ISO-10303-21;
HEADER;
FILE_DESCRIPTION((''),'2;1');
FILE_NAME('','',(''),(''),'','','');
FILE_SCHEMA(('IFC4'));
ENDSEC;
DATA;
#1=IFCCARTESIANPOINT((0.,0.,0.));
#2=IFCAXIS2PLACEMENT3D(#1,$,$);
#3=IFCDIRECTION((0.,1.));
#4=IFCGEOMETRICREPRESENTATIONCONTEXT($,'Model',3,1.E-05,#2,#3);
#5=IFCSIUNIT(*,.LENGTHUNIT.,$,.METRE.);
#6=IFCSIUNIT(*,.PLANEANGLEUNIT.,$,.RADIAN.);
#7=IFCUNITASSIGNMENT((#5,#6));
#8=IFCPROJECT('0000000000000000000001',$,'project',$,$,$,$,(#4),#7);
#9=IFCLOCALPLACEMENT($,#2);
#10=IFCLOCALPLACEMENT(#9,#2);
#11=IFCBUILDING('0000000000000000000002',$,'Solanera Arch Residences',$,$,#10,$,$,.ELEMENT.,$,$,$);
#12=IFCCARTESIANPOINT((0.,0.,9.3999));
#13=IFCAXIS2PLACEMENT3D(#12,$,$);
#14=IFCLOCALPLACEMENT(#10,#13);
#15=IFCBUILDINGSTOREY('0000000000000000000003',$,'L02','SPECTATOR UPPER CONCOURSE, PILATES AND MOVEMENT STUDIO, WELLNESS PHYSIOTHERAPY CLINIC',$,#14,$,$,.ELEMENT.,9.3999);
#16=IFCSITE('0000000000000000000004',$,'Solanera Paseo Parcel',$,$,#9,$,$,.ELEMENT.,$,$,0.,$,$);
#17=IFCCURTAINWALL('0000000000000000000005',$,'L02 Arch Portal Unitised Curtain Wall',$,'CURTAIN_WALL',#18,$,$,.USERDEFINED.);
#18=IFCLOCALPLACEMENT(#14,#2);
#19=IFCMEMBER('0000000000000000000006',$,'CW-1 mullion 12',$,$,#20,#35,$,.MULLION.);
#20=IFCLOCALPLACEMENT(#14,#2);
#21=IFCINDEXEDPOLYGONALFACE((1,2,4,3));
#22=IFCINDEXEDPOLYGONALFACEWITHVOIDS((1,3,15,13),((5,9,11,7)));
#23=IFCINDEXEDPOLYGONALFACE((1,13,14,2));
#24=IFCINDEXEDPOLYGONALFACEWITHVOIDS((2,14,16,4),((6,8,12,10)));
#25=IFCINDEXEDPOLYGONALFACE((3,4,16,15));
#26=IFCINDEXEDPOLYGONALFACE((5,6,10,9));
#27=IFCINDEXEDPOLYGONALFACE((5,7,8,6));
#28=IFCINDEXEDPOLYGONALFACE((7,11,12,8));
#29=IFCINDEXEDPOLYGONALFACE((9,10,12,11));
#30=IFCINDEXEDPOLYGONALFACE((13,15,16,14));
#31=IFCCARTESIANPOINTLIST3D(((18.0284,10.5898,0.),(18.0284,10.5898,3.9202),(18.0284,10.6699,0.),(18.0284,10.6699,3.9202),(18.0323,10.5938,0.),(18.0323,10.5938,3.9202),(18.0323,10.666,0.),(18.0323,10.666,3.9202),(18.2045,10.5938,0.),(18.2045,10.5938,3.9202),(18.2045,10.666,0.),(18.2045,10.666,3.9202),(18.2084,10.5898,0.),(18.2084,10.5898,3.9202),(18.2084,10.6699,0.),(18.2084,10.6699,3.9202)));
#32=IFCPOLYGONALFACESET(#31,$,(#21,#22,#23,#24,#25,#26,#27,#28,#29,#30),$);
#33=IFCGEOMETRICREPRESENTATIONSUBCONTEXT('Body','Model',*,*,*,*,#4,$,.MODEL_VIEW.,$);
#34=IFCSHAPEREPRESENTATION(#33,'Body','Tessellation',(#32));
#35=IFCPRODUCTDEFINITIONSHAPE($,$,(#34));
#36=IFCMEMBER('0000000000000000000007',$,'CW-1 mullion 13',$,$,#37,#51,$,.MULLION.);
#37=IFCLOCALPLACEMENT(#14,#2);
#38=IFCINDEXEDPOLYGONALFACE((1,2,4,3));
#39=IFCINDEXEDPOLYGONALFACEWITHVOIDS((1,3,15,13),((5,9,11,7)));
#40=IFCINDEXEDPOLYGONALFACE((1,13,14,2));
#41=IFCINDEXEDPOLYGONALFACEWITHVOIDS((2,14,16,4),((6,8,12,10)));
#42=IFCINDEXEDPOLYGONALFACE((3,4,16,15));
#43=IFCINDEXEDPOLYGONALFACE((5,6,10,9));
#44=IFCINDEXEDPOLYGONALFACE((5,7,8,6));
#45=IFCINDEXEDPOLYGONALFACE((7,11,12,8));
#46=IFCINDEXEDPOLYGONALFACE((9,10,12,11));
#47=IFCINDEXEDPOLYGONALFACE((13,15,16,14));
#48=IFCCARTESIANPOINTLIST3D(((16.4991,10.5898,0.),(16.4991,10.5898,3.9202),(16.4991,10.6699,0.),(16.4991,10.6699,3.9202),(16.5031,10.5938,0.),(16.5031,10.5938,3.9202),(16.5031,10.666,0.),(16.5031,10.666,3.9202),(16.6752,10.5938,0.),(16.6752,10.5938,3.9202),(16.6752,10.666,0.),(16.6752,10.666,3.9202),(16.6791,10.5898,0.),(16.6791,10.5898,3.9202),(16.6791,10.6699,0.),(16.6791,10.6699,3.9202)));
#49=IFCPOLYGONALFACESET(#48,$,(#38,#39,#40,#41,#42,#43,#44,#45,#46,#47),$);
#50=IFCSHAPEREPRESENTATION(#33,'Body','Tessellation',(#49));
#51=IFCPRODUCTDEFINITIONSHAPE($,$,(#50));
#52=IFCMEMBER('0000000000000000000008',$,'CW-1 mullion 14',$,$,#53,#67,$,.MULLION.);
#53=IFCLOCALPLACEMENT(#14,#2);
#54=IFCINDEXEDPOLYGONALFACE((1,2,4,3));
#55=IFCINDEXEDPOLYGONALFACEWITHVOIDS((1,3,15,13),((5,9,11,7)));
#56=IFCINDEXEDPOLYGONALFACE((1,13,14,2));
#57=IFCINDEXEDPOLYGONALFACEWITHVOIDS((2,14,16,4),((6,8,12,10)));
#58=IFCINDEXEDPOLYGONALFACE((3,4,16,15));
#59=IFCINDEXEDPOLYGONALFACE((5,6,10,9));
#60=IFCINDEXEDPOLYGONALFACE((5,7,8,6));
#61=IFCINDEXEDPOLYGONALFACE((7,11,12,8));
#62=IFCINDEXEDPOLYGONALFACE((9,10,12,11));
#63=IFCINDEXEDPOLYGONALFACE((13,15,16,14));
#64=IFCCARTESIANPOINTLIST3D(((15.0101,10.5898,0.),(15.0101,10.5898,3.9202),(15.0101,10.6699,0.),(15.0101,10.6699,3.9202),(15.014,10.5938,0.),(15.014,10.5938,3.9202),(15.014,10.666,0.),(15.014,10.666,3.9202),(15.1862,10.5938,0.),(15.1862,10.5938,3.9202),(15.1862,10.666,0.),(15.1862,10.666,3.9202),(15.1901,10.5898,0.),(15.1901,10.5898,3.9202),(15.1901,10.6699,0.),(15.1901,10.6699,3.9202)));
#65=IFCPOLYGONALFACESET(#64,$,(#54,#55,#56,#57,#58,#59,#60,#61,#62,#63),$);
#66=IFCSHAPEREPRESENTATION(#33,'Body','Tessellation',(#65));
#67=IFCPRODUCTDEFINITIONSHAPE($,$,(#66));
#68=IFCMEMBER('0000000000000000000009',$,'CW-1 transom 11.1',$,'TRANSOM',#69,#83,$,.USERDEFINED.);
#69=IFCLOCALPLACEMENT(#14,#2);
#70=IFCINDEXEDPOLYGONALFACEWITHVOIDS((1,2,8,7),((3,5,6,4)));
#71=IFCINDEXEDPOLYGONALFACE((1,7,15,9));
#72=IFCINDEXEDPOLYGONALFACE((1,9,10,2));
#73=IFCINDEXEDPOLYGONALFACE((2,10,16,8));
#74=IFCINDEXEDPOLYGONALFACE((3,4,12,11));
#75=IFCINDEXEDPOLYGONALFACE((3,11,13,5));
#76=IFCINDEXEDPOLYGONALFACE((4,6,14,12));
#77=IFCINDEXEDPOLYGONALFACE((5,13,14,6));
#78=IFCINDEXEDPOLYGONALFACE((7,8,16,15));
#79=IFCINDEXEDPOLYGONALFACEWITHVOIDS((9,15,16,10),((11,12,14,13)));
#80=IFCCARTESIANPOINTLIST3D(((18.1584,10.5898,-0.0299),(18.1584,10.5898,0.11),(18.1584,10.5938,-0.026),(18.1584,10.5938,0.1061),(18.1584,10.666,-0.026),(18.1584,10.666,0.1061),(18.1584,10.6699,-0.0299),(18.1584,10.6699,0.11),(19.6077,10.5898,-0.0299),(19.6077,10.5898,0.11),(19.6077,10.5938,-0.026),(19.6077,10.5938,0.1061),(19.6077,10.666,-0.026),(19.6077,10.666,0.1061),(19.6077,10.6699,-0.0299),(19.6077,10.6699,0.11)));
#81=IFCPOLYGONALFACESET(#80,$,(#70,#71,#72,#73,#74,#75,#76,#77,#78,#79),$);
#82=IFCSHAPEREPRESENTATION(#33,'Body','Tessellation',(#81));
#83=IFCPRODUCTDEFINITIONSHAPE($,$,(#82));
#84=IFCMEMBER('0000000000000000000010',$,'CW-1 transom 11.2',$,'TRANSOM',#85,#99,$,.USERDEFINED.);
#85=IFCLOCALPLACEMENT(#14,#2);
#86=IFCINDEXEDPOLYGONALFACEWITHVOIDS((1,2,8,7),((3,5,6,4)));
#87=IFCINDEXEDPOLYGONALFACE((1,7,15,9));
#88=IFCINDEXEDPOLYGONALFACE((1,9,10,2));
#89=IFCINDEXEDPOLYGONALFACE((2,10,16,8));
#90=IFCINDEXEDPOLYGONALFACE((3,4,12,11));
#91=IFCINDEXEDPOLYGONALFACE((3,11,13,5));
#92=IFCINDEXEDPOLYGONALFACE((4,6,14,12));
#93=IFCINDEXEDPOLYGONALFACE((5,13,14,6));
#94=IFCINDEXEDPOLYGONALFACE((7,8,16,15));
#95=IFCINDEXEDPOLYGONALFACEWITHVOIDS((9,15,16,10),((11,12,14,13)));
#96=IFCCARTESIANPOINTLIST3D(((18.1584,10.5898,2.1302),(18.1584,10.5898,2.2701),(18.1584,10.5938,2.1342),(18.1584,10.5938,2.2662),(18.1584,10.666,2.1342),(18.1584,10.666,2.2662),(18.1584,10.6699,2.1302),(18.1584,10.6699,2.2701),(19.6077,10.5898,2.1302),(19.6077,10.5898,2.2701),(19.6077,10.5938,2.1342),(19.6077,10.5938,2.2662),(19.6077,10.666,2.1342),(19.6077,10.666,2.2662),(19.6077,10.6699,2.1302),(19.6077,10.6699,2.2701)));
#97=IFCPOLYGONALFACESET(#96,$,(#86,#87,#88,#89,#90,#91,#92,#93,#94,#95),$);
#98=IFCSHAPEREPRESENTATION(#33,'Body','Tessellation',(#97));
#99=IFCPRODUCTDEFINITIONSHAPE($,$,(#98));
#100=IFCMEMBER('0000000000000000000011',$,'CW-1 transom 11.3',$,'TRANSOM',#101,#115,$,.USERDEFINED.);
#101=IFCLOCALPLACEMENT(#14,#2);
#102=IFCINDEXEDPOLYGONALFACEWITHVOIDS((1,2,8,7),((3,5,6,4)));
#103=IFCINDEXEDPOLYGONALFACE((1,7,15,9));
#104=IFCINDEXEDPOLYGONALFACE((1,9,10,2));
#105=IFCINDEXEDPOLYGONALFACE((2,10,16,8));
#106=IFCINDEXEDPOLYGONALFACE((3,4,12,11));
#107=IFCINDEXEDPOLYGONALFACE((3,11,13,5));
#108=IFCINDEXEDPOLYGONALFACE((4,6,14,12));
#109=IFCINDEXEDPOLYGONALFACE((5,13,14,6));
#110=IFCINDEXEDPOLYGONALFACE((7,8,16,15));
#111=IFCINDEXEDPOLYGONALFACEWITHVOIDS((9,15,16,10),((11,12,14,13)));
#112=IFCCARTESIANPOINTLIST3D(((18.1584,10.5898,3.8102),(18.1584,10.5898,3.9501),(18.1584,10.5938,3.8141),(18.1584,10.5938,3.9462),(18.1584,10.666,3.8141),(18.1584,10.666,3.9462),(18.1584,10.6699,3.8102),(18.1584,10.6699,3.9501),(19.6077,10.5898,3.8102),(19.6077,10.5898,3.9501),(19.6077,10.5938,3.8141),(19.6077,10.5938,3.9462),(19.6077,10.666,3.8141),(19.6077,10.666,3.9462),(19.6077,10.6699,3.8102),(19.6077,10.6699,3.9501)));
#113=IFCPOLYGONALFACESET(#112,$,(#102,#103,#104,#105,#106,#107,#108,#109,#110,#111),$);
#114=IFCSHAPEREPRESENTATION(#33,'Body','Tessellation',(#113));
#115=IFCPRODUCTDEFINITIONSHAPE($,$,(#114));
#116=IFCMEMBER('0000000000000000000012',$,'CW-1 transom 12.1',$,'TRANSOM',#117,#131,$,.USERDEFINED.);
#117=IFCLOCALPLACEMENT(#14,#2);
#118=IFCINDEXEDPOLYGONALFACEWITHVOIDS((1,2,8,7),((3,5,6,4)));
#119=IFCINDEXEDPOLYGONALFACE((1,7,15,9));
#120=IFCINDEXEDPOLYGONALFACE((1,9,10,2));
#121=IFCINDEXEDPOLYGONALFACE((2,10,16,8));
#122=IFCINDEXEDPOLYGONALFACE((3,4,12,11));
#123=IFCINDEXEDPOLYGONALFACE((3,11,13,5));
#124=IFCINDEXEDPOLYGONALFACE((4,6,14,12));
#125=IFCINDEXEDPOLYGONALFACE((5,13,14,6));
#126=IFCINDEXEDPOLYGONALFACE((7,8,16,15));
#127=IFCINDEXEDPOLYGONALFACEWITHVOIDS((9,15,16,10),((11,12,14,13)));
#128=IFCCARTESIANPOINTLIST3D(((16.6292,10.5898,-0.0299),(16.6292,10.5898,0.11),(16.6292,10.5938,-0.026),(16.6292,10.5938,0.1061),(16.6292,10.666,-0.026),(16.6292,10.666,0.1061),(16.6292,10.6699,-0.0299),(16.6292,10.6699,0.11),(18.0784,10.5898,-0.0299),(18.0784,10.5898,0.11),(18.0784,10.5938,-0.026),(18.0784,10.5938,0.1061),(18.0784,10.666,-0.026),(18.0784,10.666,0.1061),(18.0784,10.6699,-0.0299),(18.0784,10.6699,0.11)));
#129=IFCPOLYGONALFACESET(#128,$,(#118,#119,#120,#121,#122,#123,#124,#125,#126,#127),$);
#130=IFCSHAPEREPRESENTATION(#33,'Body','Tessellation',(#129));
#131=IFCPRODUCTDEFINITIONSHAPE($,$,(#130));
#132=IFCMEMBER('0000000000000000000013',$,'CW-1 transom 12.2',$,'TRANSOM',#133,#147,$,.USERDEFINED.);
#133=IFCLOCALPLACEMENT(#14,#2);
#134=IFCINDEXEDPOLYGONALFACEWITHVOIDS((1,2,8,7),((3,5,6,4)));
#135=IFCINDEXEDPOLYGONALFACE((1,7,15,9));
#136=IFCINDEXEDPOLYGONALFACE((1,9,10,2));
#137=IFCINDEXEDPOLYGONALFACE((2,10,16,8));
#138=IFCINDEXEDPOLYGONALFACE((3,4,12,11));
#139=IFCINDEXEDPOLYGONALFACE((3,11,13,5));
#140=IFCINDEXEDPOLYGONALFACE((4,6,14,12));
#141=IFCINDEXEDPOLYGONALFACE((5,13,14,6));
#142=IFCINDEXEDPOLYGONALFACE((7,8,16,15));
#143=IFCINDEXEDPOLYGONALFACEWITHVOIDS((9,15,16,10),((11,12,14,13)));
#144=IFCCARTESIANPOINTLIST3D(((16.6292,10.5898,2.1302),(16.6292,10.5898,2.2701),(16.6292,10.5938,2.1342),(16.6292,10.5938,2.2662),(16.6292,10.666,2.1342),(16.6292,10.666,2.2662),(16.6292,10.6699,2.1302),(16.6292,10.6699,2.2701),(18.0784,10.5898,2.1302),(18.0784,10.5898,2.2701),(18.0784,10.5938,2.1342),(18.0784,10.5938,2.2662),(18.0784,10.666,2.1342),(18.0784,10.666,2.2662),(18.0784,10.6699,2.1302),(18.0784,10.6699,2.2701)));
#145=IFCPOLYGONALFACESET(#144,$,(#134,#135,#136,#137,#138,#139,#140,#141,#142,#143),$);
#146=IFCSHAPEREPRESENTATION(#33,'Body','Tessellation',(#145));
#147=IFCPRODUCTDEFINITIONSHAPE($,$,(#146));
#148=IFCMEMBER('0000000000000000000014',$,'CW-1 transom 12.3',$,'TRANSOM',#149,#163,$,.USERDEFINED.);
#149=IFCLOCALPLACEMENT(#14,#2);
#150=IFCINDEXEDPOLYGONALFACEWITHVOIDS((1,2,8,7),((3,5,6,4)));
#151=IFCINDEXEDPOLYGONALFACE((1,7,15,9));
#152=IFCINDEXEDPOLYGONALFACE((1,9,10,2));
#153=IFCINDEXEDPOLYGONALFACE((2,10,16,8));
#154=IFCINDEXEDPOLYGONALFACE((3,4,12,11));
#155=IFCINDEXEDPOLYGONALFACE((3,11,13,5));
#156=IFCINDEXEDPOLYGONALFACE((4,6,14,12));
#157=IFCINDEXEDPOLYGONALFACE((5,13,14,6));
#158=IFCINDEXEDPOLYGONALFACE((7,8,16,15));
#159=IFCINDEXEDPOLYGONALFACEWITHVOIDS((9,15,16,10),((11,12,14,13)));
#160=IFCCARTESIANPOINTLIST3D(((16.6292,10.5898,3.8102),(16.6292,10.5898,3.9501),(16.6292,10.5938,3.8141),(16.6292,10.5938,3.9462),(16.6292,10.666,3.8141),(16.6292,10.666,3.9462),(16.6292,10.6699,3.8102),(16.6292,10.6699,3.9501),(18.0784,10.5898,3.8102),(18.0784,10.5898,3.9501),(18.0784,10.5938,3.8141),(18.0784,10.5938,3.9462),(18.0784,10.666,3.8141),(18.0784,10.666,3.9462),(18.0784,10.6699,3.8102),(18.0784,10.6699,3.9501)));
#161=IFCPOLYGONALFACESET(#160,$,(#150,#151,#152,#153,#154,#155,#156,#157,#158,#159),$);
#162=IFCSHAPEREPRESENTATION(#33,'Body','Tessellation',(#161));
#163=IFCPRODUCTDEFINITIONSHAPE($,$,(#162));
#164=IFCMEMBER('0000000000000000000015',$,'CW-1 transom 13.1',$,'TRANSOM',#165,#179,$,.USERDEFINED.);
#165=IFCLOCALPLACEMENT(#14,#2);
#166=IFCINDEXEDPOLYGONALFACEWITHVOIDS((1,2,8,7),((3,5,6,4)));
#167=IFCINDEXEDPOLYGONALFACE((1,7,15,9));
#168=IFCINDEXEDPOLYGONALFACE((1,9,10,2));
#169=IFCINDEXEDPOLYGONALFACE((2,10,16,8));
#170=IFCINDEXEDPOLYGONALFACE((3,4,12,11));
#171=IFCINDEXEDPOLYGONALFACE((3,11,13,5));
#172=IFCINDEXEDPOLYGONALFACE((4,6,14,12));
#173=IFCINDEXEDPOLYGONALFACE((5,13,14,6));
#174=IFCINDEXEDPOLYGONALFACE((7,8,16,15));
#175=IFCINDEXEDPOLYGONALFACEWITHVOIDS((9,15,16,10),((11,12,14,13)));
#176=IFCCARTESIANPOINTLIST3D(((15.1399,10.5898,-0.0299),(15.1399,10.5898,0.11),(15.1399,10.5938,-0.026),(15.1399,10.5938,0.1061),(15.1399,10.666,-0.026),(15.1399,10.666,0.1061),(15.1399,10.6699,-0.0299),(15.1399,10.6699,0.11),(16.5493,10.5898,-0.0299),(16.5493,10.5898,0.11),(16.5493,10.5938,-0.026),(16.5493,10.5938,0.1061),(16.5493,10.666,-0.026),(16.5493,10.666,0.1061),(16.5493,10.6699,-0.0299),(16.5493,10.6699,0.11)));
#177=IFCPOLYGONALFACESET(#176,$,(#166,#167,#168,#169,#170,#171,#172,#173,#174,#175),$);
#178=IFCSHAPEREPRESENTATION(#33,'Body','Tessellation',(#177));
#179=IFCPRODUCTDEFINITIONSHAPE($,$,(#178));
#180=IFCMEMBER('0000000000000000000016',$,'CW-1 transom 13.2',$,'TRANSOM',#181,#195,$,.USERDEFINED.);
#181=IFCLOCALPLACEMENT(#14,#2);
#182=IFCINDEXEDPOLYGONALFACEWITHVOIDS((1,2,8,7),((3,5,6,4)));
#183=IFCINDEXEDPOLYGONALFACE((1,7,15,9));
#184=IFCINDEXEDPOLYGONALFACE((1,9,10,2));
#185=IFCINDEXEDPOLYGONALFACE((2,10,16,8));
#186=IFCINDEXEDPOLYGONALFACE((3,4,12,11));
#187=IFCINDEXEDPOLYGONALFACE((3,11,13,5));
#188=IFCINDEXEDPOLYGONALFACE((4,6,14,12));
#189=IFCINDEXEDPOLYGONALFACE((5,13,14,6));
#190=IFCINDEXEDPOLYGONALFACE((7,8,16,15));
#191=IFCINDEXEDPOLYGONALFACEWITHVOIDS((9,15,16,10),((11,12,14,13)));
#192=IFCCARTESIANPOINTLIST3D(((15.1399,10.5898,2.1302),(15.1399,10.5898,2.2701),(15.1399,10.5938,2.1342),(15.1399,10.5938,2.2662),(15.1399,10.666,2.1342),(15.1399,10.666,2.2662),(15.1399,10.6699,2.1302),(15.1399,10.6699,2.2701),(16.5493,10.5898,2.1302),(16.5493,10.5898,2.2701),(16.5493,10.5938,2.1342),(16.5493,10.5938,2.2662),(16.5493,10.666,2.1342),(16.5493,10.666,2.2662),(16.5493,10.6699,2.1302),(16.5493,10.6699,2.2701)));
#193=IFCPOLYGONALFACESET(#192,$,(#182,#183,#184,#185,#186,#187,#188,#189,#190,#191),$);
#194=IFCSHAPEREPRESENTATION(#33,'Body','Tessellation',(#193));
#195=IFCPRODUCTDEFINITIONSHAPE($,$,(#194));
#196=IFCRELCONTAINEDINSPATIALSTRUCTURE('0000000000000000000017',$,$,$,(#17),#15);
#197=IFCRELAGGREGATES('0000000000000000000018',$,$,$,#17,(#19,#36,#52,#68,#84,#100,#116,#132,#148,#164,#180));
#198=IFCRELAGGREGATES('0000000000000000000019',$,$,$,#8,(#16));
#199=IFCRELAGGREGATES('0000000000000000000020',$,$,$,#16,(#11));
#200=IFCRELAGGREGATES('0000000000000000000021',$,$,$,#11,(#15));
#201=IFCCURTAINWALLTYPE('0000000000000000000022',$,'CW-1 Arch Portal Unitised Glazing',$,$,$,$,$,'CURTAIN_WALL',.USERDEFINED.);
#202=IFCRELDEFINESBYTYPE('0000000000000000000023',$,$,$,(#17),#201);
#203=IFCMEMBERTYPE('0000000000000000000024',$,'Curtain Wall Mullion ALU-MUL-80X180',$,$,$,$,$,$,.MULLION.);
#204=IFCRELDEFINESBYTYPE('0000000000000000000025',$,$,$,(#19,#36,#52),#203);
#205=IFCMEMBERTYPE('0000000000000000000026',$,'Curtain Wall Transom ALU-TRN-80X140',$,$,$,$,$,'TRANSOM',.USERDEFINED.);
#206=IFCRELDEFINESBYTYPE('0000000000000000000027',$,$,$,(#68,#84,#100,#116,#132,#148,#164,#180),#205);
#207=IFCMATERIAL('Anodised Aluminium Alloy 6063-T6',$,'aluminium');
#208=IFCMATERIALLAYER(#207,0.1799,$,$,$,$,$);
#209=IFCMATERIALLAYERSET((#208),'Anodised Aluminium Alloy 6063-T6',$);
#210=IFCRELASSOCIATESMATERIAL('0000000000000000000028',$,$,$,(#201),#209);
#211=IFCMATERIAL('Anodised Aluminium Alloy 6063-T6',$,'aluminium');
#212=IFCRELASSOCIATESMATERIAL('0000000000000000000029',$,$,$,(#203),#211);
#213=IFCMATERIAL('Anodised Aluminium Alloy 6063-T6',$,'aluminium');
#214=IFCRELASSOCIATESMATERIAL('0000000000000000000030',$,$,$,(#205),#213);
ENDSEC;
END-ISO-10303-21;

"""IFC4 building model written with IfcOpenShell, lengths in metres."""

from ifc_helpers import new_model, si_unit, direction, frame, origin, origin_2d, place, context, subcontext, project, spatial, hollow_rectangle, extrude, material, layer, layer_set, material_profile, profile_set, type_object, element, aggregate, save


model = new_model("IFC4")

# Units and contexts
model_context = context("Model", 3, precision=1e-05, world=origin(), true_north=direction((0.0, 1.0)))
body_context = subcontext(model_context, "Body", "Model", "MODEL_VIEW")
ifc_project = project(units=[si_unit("LENGTHUNIT", "METRE"), si_unit("PLANEANGLEUNIT", "RADIAN")], contexts=[model_context])

# Site, building, storey
site_placement = place(None, origin())
site = spatial("IfcSite", under=ifc_project, at=site_placement, Name="Solanera Paseo Parcel", CompositionType="ELEMENT", RefElevation=0.0)
building_placement = place(site_placement, origin())
building = spatial("IfcBuilding", under=site, at=building_placement, Name="Solanera Arch Residences", CompositionType="ELEMENT")
storey_placement = place(building_placement, frame((0.0, 0.0, 9.3999)))
storey = spatial("IfcBuildingStorey", under=building, at=storey_placement, Name="L02", Description="SPECTATOR UPPER CONCOURSE, PILATES AND MOVEMENT STUDIO, WELLNESS PHYSIOTHERAPY CLINIC", CompositionType="ELEMENT", Elevation=9.3999)

# Curtain wall, members
ifc_material_1 = material(Name="Anodised Aluminium Alloy 6063-T6", Category="aluminium")
ifc_layer_1 = layer(ifc_material_1, 0.1799)
ifc_layer_set_1 = layer_set([ifc_layer_1], Name="Anodised Aluminium Alloy 6063-T6")
curtain_wall_type = type_object("IfcCurtainWallType", Name="CW-1 Arch Portal Unitised Glazing", ElementType="CURTAIN_WALL", PredefinedType="USERDEFINED", material=ifc_layer_set_1)
curtain_wall_placement = place(storey_placement, origin())
curtain_wall = element("IfcCurtainWall", 1, at=curtain_wall_placement, inside=storey, type_object=curtain_wall_type, Name="L02 Arch Portal Unitised Curtain Wall", ObjectType="CURTAIN_WALL", PredefinedType="USERDEFINED")
ifc_material_2 = material(Name="Anodised Aluminium Alloy 6063-T6", Category="aluminium")
ifc_material_profile_1 = material_profile(ifc_material_2, hollow_rectangle(XDim=0.0801, YDim=0.1799, WallThickness=0.0039, at=origin_2d()))
ifc_profile_set_1 = profile_set([ifc_material_profile_1], Name="Anodised Aluminium Alloy 6063-T6")
member_type_1 = type_object("IfcMemberType", Name="Curtain Wall Mullion ALU-MUL-80X180", PredefinedType="MULLION", material=ifc_profile_set_1)
member_1_placement = place(storey_placement, frame((18.1184, 10.6299, 0.0), z_axis=(0.0, 0.0, 1.0), x_axis=(0.0, -1.0, 0.0)))
member_1 = element("IfcMember", 2, at=member_1_placement, type_object=member_type_1, Name="CW-1 mullion 12", PredefinedType="MULLION", context=body_context, shape_type="SweptSolid", body=[
    extrude(hollow_rectangle(XDim=0.0801, YDim=0.1799, WallThickness=0.0039, at=origin_2d()), origin(), (0.0, 0.0, 1.0), 3.9202),
])
member_2_placement = place(storey_placement, frame((16.5891, 10.6299, 0.0), z_axis=(0.0, 0.0, 1.0), x_axis=(0.0, -1.0, 0.0)))
member_2 = element("IfcMember", 3, at=member_2_placement, type_object=member_type_1, Name="CW-1 mullion 13", PredefinedType="MULLION", context=body_context, shape_type="SweptSolid", body=[
    extrude(hollow_rectangle(XDim=0.0801, YDim=0.1799, WallThickness=0.0039, at=origin_2d()), origin(), (0.0, 0.0, 1.0), 3.9202),
])
member_3_placement = place(storey_placement, frame((15.1001, 10.6299, 0.0), z_axis=(0.0, 0.0, 1.0), x_axis=(0.0, -1.0, 0.0)))
member_3 = element("IfcMember", 4, at=member_3_placement, type_object=member_type_1, Name="CW-1 mullion 14", PredefinedType="MULLION", context=body_context, shape_type="SweptSolid", body=[
    extrude(hollow_rectangle(XDim=0.0801, YDim=0.1799, WallThickness=0.0039, at=origin_2d()), origin(), (0.0, 0.0, 1.0), 3.9202),
])
ifc_material_3 = material(Name="Anodised Aluminium Alloy 6063-T6", Category="aluminium")
ifc_material_profile_2 = material_profile(ifc_material_3, hollow_rectangle(XDim=0.0801, YDim=0.1399, WallThickness=0.0039, at=origin_2d()))
ifc_profile_set_2 = profile_set([ifc_material_profile_2], Name="Anodised Aluminium Alloy 6063-T6")
member_type_2 = type_object("IfcMemberType", Name="Curtain Wall Transom ALU-TRN-80X140", ElementType="TRANSOM", PredefinedType="USERDEFINED", material=ifc_profile_set_2)
member_4_placement = place(storey_placement, frame((19.6077, 10.6299, 0.04), z_axis=(-1.0, 0.0, 0.0), x_axis=(0.0, -1.0, 0.0)))
member_4 = element("IfcMember", 5, at=member_4_placement, type_object=member_type_2, Name="CW-1 transom 11.1", ObjectType="TRANSOM", PredefinedType="USERDEFINED", context=body_context, shape_type="SweptSolid", body=[
    extrude(hollow_rectangle(XDim=0.0801, YDim=0.1399, WallThickness=0.0039, at=origin_2d()), origin(), (0.0, 0.0, 1.0), 1.4492),
])
member_5_placement = place(storey_placement, frame((19.6077, 10.6299, 2.2002), z_axis=(-1.0, 0.0, 0.0), x_axis=(0.0, -1.0, 0.0)))
member_5 = element("IfcMember", 6, at=member_5_placement, type_object=member_type_2, Name="CW-1 transom 11.2", ObjectType="TRANSOM", PredefinedType="USERDEFINED", context=body_context, shape_type="SweptSolid", body=[
    extrude(hollow_rectangle(XDim=0.0801, YDim=0.1399, WallThickness=0.0039, at=origin_2d()), origin(), (0.0, 0.0, 1.0), 1.4492),
])
member_6_placement = place(storey_placement, frame((19.6077, 10.6299, 3.8801), z_axis=(-1.0, 0.0, 0.0), x_axis=(0.0, -1.0, 0.0)))
member_6 = element("IfcMember", 7, at=member_6_placement, type_object=member_type_2, Name="CW-1 transom 11.3", ObjectType="TRANSOM", PredefinedType="USERDEFINED", context=body_context, shape_type="SweptSolid", body=[
    extrude(hollow_rectangle(XDim=0.0801, YDim=0.1399, WallThickness=0.0039, at=origin_2d()), origin(), (0.0, 0.0, 1.0), 1.4492),
])
member_7_placement = place(storey_placement, frame((18.0784, 10.6299, 0.04), z_axis=(-1.0, 0.0, 0.0), x_axis=(0.0, -1.0, 0.0)))
member_7 = element("IfcMember", 8, at=member_7_placement, type_object=member_type_2, Name="CW-1 transom 12.1", ObjectType="TRANSOM", PredefinedType="USERDEFINED", context=body_context, shape_type="SweptSolid", body=[
    extrude(hollow_rectangle(XDim=0.0801, YDim=0.1399, WallThickness=0.0039, at=origin_2d()), origin(), (0.0, 0.0, 1.0), 1.4492),
])
member_8_placement = place(storey_placement, frame((18.0784, 10.6299, 2.2002), z_axis=(-1.0, 0.0, 0.0), x_axis=(0.0, -1.0, 0.0)))
member_8 = element("IfcMember", 9, at=member_8_placement, type_object=member_type_2, Name="CW-1 transom 12.2", ObjectType="TRANSOM", PredefinedType="USERDEFINED", context=body_context, shape_type="SweptSolid", body=[
    extrude(hollow_rectangle(XDim=0.0801, YDim=0.1399, WallThickness=0.0039, at=origin_2d()), origin(), (0.0, 0.0, 1.0), 1.4492),
])
member_9_placement = place(storey_placement, frame((18.0784, 10.6299, 3.8801), z_axis=(-1.0, 0.0, 0.0), x_axis=(0.0, -1.0, 0.0)))
member_9 = element("IfcMember", 10, at=member_9_placement, type_object=member_type_2, Name="CW-1 transom 12.3", ObjectType="TRANSOM", PredefinedType="USERDEFINED", context=body_context, shape_type="SweptSolid", body=[
    extrude(hollow_rectangle(XDim=0.0801, YDim=0.1399, WallThickness=0.0039, at=origin_2d()), origin(), (0.0, 0.0, 1.0), 1.4492),
])
member_10_placement = place(storey_placement, frame((16.5493, 10.6299, 0.04), z_axis=(-1.0, 0.0, 0.0), x_axis=(0.0, -1.0, 0.0)))
member_10 = element("IfcMember", 11, at=member_10_placement, type_object=member_type_2, Name="CW-1 transom 13.1", ObjectType="TRANSOM", PredefinedType="USERDEFINED", context=body_context, shape_type="SweptSolid", body=[
    extrude(hollow_rectangle(XDim=0.0801, YDim=0.1399, WallThickness=0.0039, at=origin_2d()), origin(), (0.0, 0.0, 1.0), 1.4094),
])
member_11_placement = place(storey_placement, frame((16.5493, 10.6299, 2.2002), z_axis=(-1.0, 0.0, 0.0), x_axis=(0.0, -1.0, 0.0)))
member_11 = element("IfcMember", 12, at=member_11_placement, type_object=member_type_2, Name="CW-1 transom 13.2", ObjectType="TRANSOM", PredefinedType="USERDEFINED", context=body_context, shape_type="SweptSolid", body=[
    extrude(hollow_rectangle(XDim=0.0801, YDim=0.1399, WallThickness=0.0039, at=origin_2d()), origin(), (0.0, 0.0, 1.0), 1.4094),
])

aggregate(curtain_wall, [member_1, member_2, member_3, member_4, member_5, member_6, member_7, member_8, member_9, member_10, member_11])

save(model, "model.ifc")
